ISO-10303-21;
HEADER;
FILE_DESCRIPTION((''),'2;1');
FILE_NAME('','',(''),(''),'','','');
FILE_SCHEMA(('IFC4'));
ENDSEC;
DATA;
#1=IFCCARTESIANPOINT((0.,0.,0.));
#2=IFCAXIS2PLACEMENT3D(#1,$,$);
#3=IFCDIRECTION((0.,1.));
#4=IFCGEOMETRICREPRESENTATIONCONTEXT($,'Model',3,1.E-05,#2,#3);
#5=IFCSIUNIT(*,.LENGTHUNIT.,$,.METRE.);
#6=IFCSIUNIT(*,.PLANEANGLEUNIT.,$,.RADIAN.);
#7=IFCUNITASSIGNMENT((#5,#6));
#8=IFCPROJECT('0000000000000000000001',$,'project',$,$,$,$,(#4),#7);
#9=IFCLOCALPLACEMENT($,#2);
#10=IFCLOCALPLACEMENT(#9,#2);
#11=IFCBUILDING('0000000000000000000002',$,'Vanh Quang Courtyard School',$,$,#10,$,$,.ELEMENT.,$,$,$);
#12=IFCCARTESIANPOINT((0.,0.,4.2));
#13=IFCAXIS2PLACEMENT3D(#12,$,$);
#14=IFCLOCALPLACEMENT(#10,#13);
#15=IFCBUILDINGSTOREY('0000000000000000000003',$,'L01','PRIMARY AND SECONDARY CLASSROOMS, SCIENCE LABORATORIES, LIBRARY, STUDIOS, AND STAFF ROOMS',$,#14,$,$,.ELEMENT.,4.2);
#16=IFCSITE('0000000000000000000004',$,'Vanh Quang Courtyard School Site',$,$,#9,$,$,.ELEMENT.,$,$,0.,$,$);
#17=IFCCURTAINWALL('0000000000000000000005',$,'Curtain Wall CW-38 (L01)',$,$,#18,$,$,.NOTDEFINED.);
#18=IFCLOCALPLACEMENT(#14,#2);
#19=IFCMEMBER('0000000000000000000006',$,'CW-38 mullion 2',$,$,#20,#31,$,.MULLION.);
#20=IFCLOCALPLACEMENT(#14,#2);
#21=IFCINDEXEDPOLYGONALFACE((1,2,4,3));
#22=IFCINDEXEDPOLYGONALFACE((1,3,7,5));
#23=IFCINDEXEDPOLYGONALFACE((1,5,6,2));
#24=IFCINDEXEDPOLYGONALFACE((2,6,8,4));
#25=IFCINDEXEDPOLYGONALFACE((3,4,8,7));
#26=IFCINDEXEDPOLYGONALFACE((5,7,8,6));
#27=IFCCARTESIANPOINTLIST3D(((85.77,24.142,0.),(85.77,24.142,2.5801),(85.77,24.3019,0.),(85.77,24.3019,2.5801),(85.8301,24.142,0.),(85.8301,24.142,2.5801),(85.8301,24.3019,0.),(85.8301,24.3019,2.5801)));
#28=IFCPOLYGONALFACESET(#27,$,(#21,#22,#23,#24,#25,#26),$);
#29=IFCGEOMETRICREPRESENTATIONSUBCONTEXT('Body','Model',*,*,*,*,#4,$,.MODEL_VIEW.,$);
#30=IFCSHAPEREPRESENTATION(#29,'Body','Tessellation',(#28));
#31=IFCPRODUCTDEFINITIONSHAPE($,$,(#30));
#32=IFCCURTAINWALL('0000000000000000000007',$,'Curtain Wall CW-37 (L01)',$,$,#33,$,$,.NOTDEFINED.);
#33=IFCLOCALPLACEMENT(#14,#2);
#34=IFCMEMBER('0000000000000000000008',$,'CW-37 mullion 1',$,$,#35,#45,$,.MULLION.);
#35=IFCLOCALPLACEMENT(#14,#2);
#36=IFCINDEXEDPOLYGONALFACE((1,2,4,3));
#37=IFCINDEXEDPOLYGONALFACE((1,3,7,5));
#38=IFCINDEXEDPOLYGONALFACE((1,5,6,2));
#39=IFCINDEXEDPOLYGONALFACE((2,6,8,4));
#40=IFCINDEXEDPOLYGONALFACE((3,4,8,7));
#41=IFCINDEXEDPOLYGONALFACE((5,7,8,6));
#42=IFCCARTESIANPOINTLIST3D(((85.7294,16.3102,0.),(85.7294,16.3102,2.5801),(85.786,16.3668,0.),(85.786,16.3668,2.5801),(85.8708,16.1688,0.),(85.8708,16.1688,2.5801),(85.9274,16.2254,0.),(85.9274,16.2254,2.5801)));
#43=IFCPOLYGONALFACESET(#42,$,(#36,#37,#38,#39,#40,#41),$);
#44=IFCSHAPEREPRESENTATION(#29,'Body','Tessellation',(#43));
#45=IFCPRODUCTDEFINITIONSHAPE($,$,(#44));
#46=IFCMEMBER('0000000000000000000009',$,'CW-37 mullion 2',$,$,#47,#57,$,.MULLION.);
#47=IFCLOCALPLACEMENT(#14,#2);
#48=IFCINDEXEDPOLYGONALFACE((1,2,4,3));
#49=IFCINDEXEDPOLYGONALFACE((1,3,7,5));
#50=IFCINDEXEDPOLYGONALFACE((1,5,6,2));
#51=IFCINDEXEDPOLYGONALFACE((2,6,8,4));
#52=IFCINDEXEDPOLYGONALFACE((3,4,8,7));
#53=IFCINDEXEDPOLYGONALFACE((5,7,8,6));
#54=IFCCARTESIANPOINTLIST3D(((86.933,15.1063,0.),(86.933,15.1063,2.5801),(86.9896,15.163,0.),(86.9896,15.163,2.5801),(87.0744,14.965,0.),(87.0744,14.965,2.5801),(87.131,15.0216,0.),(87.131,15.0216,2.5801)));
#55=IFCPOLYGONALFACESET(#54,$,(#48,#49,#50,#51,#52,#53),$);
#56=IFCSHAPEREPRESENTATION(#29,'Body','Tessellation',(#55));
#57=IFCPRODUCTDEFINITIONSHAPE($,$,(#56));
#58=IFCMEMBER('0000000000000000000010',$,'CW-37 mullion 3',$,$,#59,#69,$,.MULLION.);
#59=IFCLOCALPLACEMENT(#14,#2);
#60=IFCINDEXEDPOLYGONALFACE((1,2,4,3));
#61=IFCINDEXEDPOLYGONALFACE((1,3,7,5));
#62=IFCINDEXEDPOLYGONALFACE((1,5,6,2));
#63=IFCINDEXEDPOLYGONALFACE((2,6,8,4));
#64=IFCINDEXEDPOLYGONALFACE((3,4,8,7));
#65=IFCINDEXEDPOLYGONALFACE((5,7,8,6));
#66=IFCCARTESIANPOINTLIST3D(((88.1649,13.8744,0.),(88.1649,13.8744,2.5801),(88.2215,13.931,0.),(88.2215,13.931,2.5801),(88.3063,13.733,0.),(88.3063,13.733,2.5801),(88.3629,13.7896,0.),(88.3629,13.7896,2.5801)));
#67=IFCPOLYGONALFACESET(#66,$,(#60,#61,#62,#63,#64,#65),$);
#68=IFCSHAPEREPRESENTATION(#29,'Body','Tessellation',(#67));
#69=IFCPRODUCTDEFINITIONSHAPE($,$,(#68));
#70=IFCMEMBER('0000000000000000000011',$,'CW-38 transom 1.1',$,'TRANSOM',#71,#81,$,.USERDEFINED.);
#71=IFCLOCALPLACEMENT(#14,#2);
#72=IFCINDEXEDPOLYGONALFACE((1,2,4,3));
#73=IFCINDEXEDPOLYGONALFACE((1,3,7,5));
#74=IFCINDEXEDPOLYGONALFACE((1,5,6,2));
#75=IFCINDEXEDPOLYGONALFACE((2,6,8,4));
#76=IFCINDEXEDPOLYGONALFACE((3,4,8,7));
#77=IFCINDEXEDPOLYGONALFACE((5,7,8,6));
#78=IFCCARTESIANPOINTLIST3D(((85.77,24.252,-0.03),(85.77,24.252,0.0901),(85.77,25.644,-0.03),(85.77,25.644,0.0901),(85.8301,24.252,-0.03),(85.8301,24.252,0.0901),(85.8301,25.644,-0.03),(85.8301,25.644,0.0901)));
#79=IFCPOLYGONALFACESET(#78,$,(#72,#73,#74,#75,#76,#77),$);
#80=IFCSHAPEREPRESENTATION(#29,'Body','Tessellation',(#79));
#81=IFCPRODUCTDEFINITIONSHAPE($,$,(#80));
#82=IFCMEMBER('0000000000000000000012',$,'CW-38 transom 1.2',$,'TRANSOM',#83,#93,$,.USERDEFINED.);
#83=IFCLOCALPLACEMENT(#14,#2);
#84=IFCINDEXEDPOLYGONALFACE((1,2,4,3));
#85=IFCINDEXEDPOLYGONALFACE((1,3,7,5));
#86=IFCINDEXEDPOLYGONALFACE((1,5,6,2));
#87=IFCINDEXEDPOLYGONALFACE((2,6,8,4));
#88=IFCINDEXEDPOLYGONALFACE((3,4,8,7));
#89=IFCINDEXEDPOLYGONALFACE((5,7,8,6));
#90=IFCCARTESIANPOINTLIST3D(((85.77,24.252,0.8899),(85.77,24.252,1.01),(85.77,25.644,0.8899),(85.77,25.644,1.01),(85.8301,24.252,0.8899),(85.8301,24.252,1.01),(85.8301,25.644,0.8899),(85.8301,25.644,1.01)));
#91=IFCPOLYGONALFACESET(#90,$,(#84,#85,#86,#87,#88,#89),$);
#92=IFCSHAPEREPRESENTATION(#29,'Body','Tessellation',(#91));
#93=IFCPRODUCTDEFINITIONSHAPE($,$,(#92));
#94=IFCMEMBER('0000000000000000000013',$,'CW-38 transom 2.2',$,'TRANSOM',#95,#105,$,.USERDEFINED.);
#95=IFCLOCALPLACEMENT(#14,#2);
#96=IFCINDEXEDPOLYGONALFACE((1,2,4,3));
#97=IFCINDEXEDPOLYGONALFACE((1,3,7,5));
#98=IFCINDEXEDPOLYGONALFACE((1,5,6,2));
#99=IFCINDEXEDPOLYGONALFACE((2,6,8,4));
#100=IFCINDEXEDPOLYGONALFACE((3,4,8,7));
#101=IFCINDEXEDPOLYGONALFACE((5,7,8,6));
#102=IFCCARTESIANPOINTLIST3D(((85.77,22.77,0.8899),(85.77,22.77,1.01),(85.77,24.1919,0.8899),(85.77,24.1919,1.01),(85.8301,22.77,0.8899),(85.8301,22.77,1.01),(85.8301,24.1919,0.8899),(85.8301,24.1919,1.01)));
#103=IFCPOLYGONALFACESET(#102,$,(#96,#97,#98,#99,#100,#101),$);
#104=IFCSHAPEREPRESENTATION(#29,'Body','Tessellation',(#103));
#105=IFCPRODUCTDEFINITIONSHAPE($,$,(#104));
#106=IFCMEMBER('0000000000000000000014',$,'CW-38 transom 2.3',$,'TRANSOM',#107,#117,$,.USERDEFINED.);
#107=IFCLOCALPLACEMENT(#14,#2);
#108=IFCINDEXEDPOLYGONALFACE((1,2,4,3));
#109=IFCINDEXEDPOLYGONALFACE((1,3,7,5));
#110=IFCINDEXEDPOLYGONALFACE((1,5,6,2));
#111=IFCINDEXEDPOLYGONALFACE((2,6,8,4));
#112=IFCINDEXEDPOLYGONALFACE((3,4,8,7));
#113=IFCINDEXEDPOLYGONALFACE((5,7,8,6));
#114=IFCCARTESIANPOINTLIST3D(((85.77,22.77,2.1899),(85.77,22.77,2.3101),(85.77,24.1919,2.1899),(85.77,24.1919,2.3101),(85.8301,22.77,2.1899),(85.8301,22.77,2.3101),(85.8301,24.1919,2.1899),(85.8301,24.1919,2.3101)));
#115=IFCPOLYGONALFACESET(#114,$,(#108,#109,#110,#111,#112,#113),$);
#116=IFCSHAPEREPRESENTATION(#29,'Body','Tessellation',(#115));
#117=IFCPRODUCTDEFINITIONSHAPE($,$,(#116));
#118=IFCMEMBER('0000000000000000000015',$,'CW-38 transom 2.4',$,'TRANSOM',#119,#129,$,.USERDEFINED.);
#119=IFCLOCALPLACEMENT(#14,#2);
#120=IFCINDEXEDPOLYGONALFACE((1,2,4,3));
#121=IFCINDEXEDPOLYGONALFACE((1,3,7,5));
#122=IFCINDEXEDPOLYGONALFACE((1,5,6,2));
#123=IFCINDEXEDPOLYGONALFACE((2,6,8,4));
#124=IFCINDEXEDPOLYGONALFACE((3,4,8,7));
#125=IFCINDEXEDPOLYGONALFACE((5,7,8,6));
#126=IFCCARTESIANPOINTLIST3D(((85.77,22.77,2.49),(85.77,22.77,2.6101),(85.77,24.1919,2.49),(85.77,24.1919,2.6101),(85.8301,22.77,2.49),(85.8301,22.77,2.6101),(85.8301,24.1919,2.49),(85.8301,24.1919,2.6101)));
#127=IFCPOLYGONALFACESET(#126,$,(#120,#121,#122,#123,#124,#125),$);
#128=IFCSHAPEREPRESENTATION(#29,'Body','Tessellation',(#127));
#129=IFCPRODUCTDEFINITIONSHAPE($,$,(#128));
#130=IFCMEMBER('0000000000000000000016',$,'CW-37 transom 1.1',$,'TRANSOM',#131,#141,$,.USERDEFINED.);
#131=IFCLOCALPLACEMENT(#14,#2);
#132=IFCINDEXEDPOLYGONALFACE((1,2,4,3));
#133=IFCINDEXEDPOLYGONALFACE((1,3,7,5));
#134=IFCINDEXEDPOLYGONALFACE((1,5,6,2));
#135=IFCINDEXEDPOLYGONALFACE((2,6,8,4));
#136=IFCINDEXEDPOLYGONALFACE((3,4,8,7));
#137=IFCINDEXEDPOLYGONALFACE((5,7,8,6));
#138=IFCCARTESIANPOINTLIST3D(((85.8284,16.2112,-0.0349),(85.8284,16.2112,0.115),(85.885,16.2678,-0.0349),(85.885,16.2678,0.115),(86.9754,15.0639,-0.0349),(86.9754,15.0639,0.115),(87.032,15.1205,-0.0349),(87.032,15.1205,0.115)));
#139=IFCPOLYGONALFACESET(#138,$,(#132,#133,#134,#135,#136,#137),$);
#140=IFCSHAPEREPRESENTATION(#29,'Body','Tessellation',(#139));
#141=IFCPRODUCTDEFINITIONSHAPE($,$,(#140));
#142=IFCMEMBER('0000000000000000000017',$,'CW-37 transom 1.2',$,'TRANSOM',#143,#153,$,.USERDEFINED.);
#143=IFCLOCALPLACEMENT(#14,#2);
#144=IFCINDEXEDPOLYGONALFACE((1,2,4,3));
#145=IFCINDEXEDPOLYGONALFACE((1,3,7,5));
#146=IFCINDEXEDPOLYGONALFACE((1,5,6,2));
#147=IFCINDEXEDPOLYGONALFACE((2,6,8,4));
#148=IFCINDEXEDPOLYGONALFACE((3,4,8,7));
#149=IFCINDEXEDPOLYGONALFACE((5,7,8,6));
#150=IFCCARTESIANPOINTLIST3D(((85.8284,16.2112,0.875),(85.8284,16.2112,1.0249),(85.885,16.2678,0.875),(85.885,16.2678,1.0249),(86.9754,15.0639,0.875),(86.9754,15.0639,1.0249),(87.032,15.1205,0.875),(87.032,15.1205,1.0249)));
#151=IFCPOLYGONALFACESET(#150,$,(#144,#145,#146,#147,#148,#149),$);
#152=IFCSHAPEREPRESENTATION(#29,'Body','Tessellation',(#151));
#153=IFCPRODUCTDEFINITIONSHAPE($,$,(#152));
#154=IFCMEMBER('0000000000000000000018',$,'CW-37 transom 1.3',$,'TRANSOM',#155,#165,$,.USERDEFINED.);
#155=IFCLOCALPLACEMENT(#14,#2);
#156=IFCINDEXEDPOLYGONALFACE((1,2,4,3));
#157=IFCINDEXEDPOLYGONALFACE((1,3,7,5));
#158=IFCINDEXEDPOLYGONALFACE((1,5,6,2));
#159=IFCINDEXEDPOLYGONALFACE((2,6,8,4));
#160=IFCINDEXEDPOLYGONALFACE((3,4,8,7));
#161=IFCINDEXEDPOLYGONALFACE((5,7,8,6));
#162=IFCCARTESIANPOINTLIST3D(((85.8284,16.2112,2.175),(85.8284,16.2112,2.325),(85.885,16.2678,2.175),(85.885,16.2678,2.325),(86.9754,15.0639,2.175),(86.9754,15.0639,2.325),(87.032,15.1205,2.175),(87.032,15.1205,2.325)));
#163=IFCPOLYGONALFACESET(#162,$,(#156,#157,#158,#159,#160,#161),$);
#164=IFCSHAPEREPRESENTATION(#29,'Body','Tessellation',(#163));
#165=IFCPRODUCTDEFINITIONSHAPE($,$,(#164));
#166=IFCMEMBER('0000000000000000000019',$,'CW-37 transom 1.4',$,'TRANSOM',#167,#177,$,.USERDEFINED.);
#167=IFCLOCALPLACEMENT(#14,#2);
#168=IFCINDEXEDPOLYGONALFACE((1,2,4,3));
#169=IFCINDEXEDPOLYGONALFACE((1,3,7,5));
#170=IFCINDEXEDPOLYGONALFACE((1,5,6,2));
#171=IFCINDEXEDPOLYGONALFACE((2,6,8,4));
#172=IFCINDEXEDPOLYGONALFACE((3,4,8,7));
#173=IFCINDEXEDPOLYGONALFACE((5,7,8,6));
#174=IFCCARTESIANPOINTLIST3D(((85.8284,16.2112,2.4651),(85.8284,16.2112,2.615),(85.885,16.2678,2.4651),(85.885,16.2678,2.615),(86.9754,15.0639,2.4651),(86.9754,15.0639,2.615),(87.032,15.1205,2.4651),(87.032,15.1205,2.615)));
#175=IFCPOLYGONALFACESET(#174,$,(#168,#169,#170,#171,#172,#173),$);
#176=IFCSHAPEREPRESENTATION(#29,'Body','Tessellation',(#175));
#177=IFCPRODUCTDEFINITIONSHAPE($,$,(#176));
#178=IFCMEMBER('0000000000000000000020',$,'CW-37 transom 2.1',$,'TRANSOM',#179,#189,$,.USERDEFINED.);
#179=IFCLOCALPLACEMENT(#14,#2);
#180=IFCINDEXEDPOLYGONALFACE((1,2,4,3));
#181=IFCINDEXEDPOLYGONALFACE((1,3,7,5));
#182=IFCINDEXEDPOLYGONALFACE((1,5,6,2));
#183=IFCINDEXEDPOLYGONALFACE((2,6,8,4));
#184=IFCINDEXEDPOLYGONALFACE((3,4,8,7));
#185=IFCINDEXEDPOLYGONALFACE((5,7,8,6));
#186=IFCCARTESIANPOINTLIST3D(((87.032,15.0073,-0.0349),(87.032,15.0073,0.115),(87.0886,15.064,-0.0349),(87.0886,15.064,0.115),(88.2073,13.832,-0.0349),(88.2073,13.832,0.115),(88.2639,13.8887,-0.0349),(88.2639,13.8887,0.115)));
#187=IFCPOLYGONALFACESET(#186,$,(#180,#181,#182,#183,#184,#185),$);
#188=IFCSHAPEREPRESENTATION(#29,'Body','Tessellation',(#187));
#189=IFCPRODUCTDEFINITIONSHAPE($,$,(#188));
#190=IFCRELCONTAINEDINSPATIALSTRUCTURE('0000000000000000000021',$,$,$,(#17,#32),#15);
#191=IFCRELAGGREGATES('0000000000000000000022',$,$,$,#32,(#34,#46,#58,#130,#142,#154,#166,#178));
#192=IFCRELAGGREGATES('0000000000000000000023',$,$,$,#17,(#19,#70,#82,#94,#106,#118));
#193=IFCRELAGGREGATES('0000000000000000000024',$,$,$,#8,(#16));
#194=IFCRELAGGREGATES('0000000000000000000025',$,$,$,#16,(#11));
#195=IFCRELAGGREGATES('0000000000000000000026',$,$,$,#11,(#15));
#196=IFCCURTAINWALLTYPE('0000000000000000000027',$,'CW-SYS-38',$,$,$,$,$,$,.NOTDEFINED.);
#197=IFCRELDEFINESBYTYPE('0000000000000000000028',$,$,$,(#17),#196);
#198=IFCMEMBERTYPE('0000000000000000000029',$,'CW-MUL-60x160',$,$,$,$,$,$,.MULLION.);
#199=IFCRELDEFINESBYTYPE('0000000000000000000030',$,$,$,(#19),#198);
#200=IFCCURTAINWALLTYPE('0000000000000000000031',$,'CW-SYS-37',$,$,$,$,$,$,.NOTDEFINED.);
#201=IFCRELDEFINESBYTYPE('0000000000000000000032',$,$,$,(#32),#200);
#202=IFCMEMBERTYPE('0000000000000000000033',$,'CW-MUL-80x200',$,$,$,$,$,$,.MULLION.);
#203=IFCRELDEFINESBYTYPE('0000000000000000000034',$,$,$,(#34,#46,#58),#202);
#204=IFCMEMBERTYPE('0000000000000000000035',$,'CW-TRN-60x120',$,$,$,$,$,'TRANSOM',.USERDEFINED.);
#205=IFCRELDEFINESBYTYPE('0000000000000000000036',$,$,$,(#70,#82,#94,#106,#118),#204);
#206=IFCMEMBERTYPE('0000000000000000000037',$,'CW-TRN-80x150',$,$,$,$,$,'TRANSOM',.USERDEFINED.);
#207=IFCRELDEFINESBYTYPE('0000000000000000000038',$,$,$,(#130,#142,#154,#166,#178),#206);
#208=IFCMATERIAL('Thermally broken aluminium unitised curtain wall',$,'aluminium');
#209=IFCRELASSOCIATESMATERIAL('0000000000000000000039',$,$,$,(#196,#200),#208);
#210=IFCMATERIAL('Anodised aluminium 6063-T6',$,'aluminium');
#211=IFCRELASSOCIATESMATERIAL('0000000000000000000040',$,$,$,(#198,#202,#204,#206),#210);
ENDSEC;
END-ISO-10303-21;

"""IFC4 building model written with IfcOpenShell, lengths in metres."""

from ifc_helpers import new_model, si_unit, direction, frame, origin, origin_2d, place, context, subcontext, project, spatial, rectangle, extrude, material, material_profile, profile_set, type_object, element, aggregate, save


model = new_model("IFC4")

# Units and contexts
model_context = context("Model", 3, precision=1e-05, world=origin(), true_north=direction((0.0, 1.0)))
body_context = subcontext(model_context, "Body", "Model", "MODEL_VIEW")
ifc_project = project(units=[si_unit("LENGTHUNIT", "METRE"), si_unit("PLANEANGLEUNIT", "RADIAN")], contexts=[model_context])

# Site, building, storey
site_placement = place(None, origin())
site = spatial("IfcSite", under=ifc_project, at=site_placement, Name="Vanh Quang Courtyard School Site", CompositionType="ELEMENT", RefElevation=0.0)
building_placement = place(site_placement, origin())
building = spatial("IfcBuilding", under=site, at=building_placement, Name="Vanh Quang Courtyard School", CompositionType="ELEMENT")
storey_placement = place(building_placement, frame((0.0, 0.0, 4.2)))
storey = spatial("IfcBuildingStorey", under=building, at=storey_placement, Name="L01", Description="PRIMARY AND SECONDARY CLASSROOMS, SCIENCE LABORATORIES, LIBRARY, STUDIOS, AND STAFF ROOMS", CompositionType="ELEMENT", Elevation=4.2)

# Curtain wall, member
ifc_material_1 = material(Name="Thermally broken aluminium unitised curtain wall", Category="aluminium")
curtain_wall_type_1 = type_object("IfcCurtainWallType", Name="CW-SYS-38", PredefinedType="NOTDEFINED", material=ifc_material_1)
curtain_wall_1_placement = place(storey_placement, origin())
curtain_wall_1 = element("IfcCurtainWall", 1, at=curtain_wall_1_placement, inside=storey, type_object=curtain_wall_type_1, Name="Curtain Wall CW-38 (L01)", PredefinedType="NOTDEFINED")
ifc_material_2 = material(Name="Anodised aluminium 6063-T6", Category="aluminium")
ifc_material_profile_1 = material_profile(ifc_material_2, rectangle(XDim=0.0601, YDim=0.1599, at=origin_2d()), Name="ALU-MUL 60x160")
ifc_profile_set_1 = profile_set([ifc_material_profile_1], Name="Anodised aluminium 6063-T6")
member_type_1 = type_object("IfcMemberType", Name="CW-MUL-60x160", PredefinedType="MULLION", material=ifc_profile_set_1)
member_1_placement = place(storey_placement, frame((85.8, 24.2219, 0.0), z_axis=(0.0, 0.0, 1.0), x_axis=(1.0, 0.0, 0.0)))
member_1 = element("IfcMember", 2, at=member_1_placement, type_object=member_type_1, Name="CW-38 mullion 2", PredefinedType="MULLION", context=body_context, shape_type="SweptSolid", body=[
    extrude(rectangle(XDim=0.0601, YDim=0.1599, at=origin_2d()), origin(), (0.0, 0.0, 1.0), 2.5801),
])

# Curtain wall, members
curtain_wall_type_2 = type_object("IfcCurtainWallType", Name="CW-SYS-37", PredefinedType="NOTDEFINED", material=ifc_material_1)
curtain_wall_2_placement = place(storey_placement, origin())
curtain_wall_2 = element("IfcCurtainWall", 3, at=curtain_wall_2_placement, inside=storey, type_object=curtain_wall_type_2, Name="Curtain Wall CW-37 (L01)", PredefinedType="NOTDEFINED")
ifc_material_profile_2 = material_profile(ifc_material_2, rectangle(XDim=0.0801, YDim=0.2, at=origin_2d()), Name="ALU-MUL 80x200")
ifc_profile_set_2 = profile_set([ifc_material_profile_2], Name="Anodised aluminium 6063-T6")
member_type_2 = type_object("IfcMemberType", Name="CW-MUL-80x200", PredefinedType="MULLION", material=ifc_profile_set_2)
member_2_placement = place(storey_placement, frame((85.8284, 16.2678, 0.0), z_axis=(0.0, 0.0, 1.0), x_axis=(0.707107, 0.707107, 0.0)))
member_2 = element("IfcMember", 4, at=member_2_placement, type_object=member_type_2, Name="CW-37 mullion 1", PredefinedType="MULLION", context=body_context, shape_type="SweptSolid", body=[
    extrude(rectangle(XDim=0.0801, YDim=0.2, at=origin_2d()), origin(), (0.0, 0.0, 1.0), 2.5801),
])
member_3_placement = place(storey_placement, frame((87.032, 15.064, 0.0), z_axis=(0.0, 0.0, 1.0), x_axis=(0.707107, 0.707107, 0.0)))
member_3 = element("IfcMember", 5, at=member_3_placement, type_object=member_type_2, Name="CW-37 mullion 2", PredefinedType="MULLION", context=body_context, shape_type="SweptSolid", body=[
    extrude(rectangle(XDim=0.0801, YDim=0.2, at=origin_2d()), origin(), (0.0, 0.0, 1.0), 2.5801),
])
member_4_placement = place(storey_placement, frame((88.2639, 13.832, 0.0), z_axis=(0.0, 0.0, 1.0), x_axis=(0.707107, 0.707107, 0.0)))
member_4 = element("IfcMember", 6, at=member_4_placement, type_object=member_type_2, Name="CW-37 mullion 3", PredefinedType="MULLION", context=body_context, shape_type="SweptSolid", body=[
    extrude(rectangle(XDim=0.0801, YDim=0.2, at=origin_2d()), origin(), (0.0, 0.0, 1.0), 2.5801),
])

# Members
ifc_material_profile_3 = material_profile(ifc_material_2, rectangle(XDim=0.0601, YDim=0.1201, at=origin_2d()), Name="ALU-TRN 60x120")
ifc_profile_set_3 = profile_set([ifc_material_profile_3], Name="Anodised aluminium 6063-T6")
member_type_3 = type_object("IfcMemberType", Name="CW-TRN-60x120", ElementType="TRANSOM", PredefinedType="USERDEFINED", material=ifc_profile_set_3)
member_5_placement = place(storey_placement, frame((85.8, 25.644, 0.03), z_axis=(0.0, -1.0, 0.0), x_axis=(1.0, 0.0, 0.0)))
member_5 = element("IfcMember", 7, at=member_5_placement, type_object=member_type_3, Name="CW-38 transom 1.1", ObjectType="TRANSOM", PredefinedType="USERDEFINED", context=body_context, shape_type="SweptSolid", body=[
    extrude(rectangle(XDim=0.0601, YDim=0.1201, at=origin_2d()), origin(), (0.0, 0.0, 1.0), 1.3921),
])
member_6_placement = place(storey_placement, frame((85.8, 25.644, 0.95), z_axis=(0.0, -1.0, 0.0), x_axis=(1.0, 0.0, 0.0)))
member_6 = element("IfcMember", 8, at=member_6_placement, type_object=member_type_3, Name="CW-38 transom 1.2", ObjectType="TRANSOM", PredefinedType="USERDEFINED", context=body_context, shape_type="SweptSolid", body=[
    extrude(rectangle(XDim=0.0601, YDim=0.1201, at=origin_2d()), origin(), (0.0, 0.0, 1.0), 1.3921),
])
member_7_placement = place(storey_placement, frame((85.8, 24.1919, 0.95), z_axis=(0.0, -1.0, 0.0), x_axis=(1.0, 0.0, 0.0)))
member_7 = element("IfcMember", 9, at=member_7_placement, type_object=member_type_3, Name="CW-38 transom 2.2", ObjectType="TRANSOM", PredefinedType="USERDEFINED", context=body_context, shape_type="SweptSolid", body=[
    extrude(rectangle(XDim=0.0601, YDim=0.1201, at=origin_2d()), origin(), (0.0, 0.0, 1.0), 1.4219),
])
member_8_placement = place(storey_placement, frame((85.8, 24.1919, 2.25), z_axis=(0.0, -1.0, 0.0), x_axis=(1.0, 0.0, 0.0)))
member_8 = element("IfcMember", 10, at=member_8_placement, type_object=member_type_3, Name="CW-38 transom 2.3", ObjectType="TRANSOM", PredefinedType="USERDEFINED", context=body_context, shape_type="SweptSolid", body=[
    extrude(rectangle(XDim=0.0601, YDim=0.1201, at=origin_2d()), origin(), (0.0, 0.0, 1.0), 1.4219),
])
member_9_placement = place(storey_placement, frame((85.8, 24.1919, 2.55), z_axis=(0.0, -1.0, 0.0), x_axis=(1.0, 0.0, 0.0)))
member_9 = element("IfcMember", 11, at=member_9_placement, type_object=member_type_3, Name="CW-38 transom 2.4", ObjectType="TRANSOM", PredefinedType="USERDEFINED", context=body_context, shape_type="SweptSolid", body=[
    extrude(rectangle(XDim=0.0601, YDim=0.1201, at=origin_2d()), origin(), (0.0, 0.0, 1.0), 1.4219),
])
ifc_material_profile_4 = material_profile(ifc_material_2, rectangle(XDim=0.0801, YDim=0.1499, at=origin_2d()), Name="ALU-TRN 80x150")
ifc_profile_set_4 = profile_set([ifc_material_profile_4], Name="Anodised aluminium 6063-T6")
member_type_4 = type_object("IfcMemberType", Name="CW-TRN-80x150", ElementType="TRANSOM", PredefinedType="USERDEFINED", material=ifc_profile_set_4)
member_10_placement = place(storey_placement, frame((85.8567, 16.2395, 0.04), z_axis=(0.707032, -0.707182, 0.0), x_axis=(0.707182, 0.707032, 0.0)))
member_10 = element("IfcMember", 12, at=member_10_placement, type_object=member_type_4, Name="CW-37 transom 1.1", ObjectType="TRANSOM", PredefinedType="USERDEFINED", context=body_context, shape_type="SweptSolid", body=[
    extrude(rectangle(XDim=0.0801, YDim=0.1499, at=origin_2d()), origin(), (0.0, 0.0, 1.0), 1.6223),
])
member_11_placement = place(storey_placement, frame((85.8567, 16.2395, 0.95), z_axis=(0.707032, -0.707182, 0.0), x_axis=(0.707182, 0.707032, 0.0)))
member_11 = element("IfcMember", 13, at=member_11_placement, type_object=member_type_4, Name="CW-37 transom 1.2", ObjectType="TRANSOM", PredefinedType="USERDEFINED", context=body_context, shape_type="SweptSolid", body=[
    extrude(rectangle(XDim=0.0801, YDim=0.1499, at=origin_2d()), origin(), (0.0, 0.0, 1.0), 1.6223),
])
member_12_placement = place(storey_placement, frame((85.8567, 16.2395, 2.25), z_axis=(0.707032, -0.707182, 0.0), x_axis=(0.707182, 0.707032, 0.0)))
member_12 = element("IfcMember", 14, at=member_12_placement, type_object=member_type_4, Name="CW-37 transom 1.3", ObjectType="TRANSOM", PredefinedType="USERDEFINED", context=body_context, shape_type="SweptSolid", body=[
    extrude(rectangle(XDim=0.0801, YDim=0.1499, at=origin_2d()), origin(), (0.0, 0.0, 1.0), 1.6223),
])
member_13_placement = place(storey_placement, frame((85.8567, 16.2395, 2.54), z_axis=(0.707032, -0.707182, 0.0), x_axis=(0.707182, 0.707032, 0.0)))
member_13 = element("IfcMember", 15, at=member_13_placement, type_object=member_type_4, Name="CW-37 transom 1.4", ObjectType="TRANSOM", PredefinedType="USERDEFINED", context=body_context, shape_type="SweptSolid", body=[
    extrude(rectangle(XDim=0.0801, YDim=0.1499, at=origin_2d()), origin(), (0.0, 0.0, 1.0), 1.6223),
])
member_14_placement = place(storey_placement, frame((87.0603, 15.0356, 0.04), z_axis=(0.707107, -0.707107, 0.0), x_axis=(0.707107, 0.707107, 0.0)))
member_14 = element("IfcMember", 16, at=member_14_placement, type_object=member_type_4, Name="CW-37 transom 2.1", ObjectType="TRANSOM", PredefinedType="USERDEFINED", context=body_context, shape_type="SweptSolid", body=[
    extrude(rectangle(XDim=0.0801, YDim=0.1499, at=origin_2d()), origin(), (0.0, 0.0, 1.0), 1.6621),
])

aggregate(curtain_wall_2, [member_2, member_3, member_4, member_10, member_11, member_12, member_13, member_14])
aggregate(curtain_wall_1, [member_1, member_5, member_6, member_7, member_8, member_9])

save(model, "model.ifc")
